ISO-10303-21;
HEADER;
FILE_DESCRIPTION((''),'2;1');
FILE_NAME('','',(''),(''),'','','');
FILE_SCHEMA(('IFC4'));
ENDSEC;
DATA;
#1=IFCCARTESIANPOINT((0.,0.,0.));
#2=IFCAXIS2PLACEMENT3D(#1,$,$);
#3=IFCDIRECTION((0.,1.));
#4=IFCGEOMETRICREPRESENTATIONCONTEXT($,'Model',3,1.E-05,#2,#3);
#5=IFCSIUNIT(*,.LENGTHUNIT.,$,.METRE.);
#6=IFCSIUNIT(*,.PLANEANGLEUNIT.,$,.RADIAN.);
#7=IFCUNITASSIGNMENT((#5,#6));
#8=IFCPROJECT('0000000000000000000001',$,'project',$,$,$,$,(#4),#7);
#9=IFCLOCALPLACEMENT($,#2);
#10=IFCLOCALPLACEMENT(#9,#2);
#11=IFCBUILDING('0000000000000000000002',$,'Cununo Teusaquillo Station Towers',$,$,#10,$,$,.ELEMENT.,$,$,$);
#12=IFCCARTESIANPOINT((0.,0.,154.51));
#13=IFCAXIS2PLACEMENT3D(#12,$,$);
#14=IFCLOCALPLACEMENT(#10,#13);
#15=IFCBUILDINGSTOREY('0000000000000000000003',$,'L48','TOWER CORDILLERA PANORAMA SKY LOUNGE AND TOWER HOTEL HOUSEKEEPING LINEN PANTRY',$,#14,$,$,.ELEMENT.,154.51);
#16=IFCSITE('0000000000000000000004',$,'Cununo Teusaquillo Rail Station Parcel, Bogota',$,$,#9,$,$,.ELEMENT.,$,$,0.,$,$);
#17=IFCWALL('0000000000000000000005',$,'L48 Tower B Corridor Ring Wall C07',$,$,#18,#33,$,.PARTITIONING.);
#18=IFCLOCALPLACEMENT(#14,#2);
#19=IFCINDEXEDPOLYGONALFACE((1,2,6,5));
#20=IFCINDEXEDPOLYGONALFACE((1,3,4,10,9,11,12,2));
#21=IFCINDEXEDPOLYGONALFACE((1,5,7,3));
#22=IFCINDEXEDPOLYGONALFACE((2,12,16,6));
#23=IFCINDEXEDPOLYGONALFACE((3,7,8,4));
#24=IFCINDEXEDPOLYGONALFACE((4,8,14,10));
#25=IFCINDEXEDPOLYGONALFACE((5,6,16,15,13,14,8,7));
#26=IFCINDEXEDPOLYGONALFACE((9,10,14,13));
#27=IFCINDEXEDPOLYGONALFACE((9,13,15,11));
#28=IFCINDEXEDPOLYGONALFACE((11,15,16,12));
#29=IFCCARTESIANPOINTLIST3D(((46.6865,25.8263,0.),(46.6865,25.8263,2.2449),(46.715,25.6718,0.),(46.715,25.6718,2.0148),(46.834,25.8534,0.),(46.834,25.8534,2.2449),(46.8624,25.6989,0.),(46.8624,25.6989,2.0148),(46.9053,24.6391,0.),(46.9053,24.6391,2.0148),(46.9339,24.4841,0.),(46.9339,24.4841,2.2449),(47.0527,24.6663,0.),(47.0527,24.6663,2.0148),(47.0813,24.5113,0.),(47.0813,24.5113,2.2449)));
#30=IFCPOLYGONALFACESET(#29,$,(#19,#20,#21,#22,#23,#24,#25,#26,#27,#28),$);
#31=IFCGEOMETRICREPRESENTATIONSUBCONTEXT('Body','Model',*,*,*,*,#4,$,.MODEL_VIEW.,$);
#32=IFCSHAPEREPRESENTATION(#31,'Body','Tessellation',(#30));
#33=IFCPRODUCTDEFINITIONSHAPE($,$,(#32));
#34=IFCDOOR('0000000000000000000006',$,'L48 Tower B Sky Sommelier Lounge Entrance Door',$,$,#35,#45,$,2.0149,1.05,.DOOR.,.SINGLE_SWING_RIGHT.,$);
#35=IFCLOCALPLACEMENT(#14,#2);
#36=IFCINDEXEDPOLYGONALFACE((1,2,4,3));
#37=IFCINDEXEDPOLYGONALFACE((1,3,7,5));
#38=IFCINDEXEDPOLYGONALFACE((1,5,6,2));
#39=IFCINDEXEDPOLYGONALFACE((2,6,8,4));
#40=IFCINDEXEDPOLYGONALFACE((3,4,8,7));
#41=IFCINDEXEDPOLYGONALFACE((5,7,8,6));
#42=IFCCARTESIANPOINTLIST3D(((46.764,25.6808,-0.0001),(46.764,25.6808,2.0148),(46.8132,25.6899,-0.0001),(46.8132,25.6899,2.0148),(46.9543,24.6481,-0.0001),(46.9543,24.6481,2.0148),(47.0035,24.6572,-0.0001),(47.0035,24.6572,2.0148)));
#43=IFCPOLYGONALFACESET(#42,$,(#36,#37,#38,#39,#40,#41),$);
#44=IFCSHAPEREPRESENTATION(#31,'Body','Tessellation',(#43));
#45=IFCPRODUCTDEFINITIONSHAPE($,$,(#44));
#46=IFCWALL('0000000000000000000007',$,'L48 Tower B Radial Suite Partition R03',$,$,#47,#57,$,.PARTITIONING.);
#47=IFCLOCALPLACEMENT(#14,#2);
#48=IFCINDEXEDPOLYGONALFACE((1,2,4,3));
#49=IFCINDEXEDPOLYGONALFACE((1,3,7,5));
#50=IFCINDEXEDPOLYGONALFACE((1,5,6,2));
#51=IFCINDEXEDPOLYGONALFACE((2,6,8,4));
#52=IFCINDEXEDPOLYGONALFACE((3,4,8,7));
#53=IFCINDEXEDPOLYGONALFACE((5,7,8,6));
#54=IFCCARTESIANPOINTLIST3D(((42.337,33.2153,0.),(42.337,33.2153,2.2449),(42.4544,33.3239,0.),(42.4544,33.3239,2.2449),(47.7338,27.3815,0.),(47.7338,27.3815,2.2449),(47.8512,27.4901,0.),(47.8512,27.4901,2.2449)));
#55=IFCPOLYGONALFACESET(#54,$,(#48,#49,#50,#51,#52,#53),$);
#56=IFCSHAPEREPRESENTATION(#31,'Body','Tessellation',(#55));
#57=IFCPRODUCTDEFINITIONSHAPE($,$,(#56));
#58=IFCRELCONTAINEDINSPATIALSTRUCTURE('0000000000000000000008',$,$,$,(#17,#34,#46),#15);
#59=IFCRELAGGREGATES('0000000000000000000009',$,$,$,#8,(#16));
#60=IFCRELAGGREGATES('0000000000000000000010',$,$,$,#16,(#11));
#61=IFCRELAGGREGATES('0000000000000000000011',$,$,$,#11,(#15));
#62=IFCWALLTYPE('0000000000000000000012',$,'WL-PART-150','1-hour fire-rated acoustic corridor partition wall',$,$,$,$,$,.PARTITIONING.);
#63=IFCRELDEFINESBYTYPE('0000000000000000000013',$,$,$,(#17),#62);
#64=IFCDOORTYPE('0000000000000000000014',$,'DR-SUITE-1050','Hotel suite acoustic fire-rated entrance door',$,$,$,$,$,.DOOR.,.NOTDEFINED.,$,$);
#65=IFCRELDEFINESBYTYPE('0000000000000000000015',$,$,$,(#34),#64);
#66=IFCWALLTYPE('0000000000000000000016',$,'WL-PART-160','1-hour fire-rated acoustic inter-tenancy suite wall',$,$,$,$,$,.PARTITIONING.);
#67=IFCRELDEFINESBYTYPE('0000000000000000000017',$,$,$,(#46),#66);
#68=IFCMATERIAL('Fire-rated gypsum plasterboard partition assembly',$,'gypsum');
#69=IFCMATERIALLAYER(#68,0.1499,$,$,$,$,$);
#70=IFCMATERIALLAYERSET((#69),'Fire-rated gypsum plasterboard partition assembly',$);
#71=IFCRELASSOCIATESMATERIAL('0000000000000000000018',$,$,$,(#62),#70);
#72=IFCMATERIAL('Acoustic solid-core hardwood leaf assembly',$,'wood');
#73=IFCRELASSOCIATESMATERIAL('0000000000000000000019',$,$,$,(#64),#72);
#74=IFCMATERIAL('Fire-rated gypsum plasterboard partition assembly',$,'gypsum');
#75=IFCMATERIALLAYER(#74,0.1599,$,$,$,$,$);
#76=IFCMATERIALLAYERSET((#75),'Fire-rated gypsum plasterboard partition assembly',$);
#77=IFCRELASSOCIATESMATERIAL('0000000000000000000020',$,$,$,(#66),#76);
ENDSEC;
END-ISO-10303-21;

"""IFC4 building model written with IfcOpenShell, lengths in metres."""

from ifc_helpers import new_model, si_unit, direction, frame, frame_2d, origin, place, context, subcontext, project, spatial, rectangle, extrude, source, transform, mapped, material, layer, layer_set, type_object, element, fill, save


model = new_model("IFC4")

# Units and contexts
model_context = context("Model", 3, precision=1e-05, world=origin(), true_north=direction((0.0, 1.0)))
body_context = subcontext(model_context, "Body", "Model", "MODEL_VIEW")
ifc_project = project(units=[si_unit("LENGTHUNIT", "METRE"), si_unit("PLANEANGLEUNIT", "RADIAN")], contexts=[model_context])

# Site, building, storey
site_placement = place(None, origin())
site = spatial("IfcSite", under=ifc_project, at=site_placement, Name="Cununo Teusaquillo Rail Station Parcel, Bogota", CompositionType="ELEMENT", RefElevation=0.0)
building_placement = place(site_placement, origin())
building = spatial("IfcBuilding", under=site, at=building_placement, Name="Cununo Teusaquillo Station Towers", CompositionType="ELEMENT")
storey_placement = place(building_placement, frame((0.0, 0.0, 154.51)))
storey = spatial("IfcBuildingStorey", under=building, at=storey_placement, Name="L48", Description="TOWER CORDILLERA PANORAMA SKY LOUNGE AND TOWER HOTEL HOUSEKEEPING LINEN PANTRY", CompositionType="ELEMENT", Elevation=154.51)

# Shared definitions
ifc_material_1 = material(Name="Fire-rated gypsum plasterboard partition assembly", Category="gypsum")
ifc_layer_1 = layer(ifc_material_1, 0.1499)
ifc_layer_set_1 = layer_set([ifc_layer_1], Name="Fire-rated gypsum plasterboard partition assembly")
wall_type_1 = type_object("IfcWallType", Name="WL-PART-150", Description="1-hour fire-rated acoustic corridor partition wall", PredefinedType="PARTITIONING", material=ifc_layer_set_1)

# Wall, opening, door
wall_1_placement = place(storey_placement, frame((46.7603, 25.8398, 0.0), z_axis=(0.0, 0.0, 1.0), x_axis=(0.181231, -0.983441, 0.0)))
wall_1 = element("IfcWall", 1, at=wall_1_placement, inside=storey, type_object=wall_type_1, Name="L48 Tower B Corridor Ring Wall C07", PredefinedType="PARTITIONING", context=body_context, shape_type="SweptSolid", body=[
    extrude(rectangle(XDim=1.3647, YDim=0.1499, at=frame_2d((0.6824, 0.0))), origin(), (0.0, 0.0, 1.0), 2.2449),
])
shared_shape_1 = source(origin(), body_context, "Body", "SweptSolid", [
    extrude(rectangle(XDim=1.05, YDim=2.0149, at=frame_2d((0.5249, 1.0073))), frame((0.0, 0.085, 0.0), z_axis=(0.0, -1.0, 0.0), x_axis=(1.0, 0.0, 0.0)), (0.0, 0.0, 1.0), 0.1699),
])
opening_1_placement = place(wall_1_placement, frame((0.1572, 0.0, 0.0)))
opening_1 = element("IfcOpeningElement", 2, at=opening_1_placement, cuts=wall_1, PredefinedType="OPENING", context=body_context, shape_type="MappedRepresentation", body=[
    mapped(shared_shape_1, transform((0.0, 0.0, 0.0), x_axis=(1.0, 0.0, 0.0), y_axis=(0.0, 1.0, 0.0), z_axis=(0.0, 0.0, 1.0), scale=1.0)),
])
ifc_material_2 = material(Name="Acoustic solid-core hardwood leaf assembly", Category="wood")
door_type_1 = type_object("IfcDoorType", Name="DR-SUITE-1050", Description="Hotel suite acoustic fire-rated entrance door", OperationType="NOTDEFINED", PredefinedType="DOOR", material=ifc_material_2)
shared_shape_2 = source(origin(), body_context, "Body", "SweptSolid", [
    extrude(rectangle(XDim=1.05, YDim=2.0149, at=frame_2d((0.5249, 1.0073))), frame((0.0, 0.0249, 0.0), z_axis=(0.0, -1.0, 0.0), x_axis=(1.0, 0.0, 0.0)), (0.0, 0.0, 1.0), 0.05),
])
door_1_placement = place(opening_1_placement, origin())
door_1 = element("IfcDoor", 3, at=door_1_placement, inside=storey, type_object=door_type_1, Name="L48 Tower B Sky Sommelier Lounge Entrance Door", OperationType="SINGLE_SWING_RIGHT", OverallHeight=2.0149, OverallWidth=1.05, PredefinedType="DOOR", context=body_context, shape_type="MappedRepresentation", body=[
    mapped(shared_shape_2, transform((0.0, 0.0, 0.0), x_axis=(1.0, 0.0, 0.0), y_axis=(0.0, 1.0, 0.0), z_axis=(0.0, 0.0, 1.0), scale=1.0)),
])
fill(opening_1, door_1)

# Wall
ifc_material_3 = material(Name="Fire-rated gypsum plasterboard partition assembly", Category="gypsum")
ifc_layer_2 = layer(ifc_material_3, 0.1599)
ifc_layer_set_2 = layer_set([ifc_layer_2], Name="Fire-rated gypsum plasterboard partition assembly")
wall_type_2 = type_object("IfcWallType", Name="WL-PART-160", Description="1-hour fire-rated acoustic inter-tenancy suite wall", PredefinedType="PARTITIONING", material=ifc_layer_set_2)
wall_2_placement = place(storey_placement, frame((47.7925, 27.4358, 0.0), z_axis=(0.0, 0.0, 1.0), x_axis=(-0.679077, 0.734067, 0.0)))
element("IfcWall", 4, at=wall_2_placement, inside=storey, type_object=wall_type_2, Name="L48 Tower B Radial Suite Partition R03", PredefinedType="PARTITIONING", context=body_context, shape_type="SweptSolid", body=[
    extrude(rectangle(XDim=7.9473, YDim=0.1599, at=frame_2d((3.9736, 0.0))), origin(), (0.0, 0.0, 1.0), 2.2449),
])

save(model, "model.ifc")
